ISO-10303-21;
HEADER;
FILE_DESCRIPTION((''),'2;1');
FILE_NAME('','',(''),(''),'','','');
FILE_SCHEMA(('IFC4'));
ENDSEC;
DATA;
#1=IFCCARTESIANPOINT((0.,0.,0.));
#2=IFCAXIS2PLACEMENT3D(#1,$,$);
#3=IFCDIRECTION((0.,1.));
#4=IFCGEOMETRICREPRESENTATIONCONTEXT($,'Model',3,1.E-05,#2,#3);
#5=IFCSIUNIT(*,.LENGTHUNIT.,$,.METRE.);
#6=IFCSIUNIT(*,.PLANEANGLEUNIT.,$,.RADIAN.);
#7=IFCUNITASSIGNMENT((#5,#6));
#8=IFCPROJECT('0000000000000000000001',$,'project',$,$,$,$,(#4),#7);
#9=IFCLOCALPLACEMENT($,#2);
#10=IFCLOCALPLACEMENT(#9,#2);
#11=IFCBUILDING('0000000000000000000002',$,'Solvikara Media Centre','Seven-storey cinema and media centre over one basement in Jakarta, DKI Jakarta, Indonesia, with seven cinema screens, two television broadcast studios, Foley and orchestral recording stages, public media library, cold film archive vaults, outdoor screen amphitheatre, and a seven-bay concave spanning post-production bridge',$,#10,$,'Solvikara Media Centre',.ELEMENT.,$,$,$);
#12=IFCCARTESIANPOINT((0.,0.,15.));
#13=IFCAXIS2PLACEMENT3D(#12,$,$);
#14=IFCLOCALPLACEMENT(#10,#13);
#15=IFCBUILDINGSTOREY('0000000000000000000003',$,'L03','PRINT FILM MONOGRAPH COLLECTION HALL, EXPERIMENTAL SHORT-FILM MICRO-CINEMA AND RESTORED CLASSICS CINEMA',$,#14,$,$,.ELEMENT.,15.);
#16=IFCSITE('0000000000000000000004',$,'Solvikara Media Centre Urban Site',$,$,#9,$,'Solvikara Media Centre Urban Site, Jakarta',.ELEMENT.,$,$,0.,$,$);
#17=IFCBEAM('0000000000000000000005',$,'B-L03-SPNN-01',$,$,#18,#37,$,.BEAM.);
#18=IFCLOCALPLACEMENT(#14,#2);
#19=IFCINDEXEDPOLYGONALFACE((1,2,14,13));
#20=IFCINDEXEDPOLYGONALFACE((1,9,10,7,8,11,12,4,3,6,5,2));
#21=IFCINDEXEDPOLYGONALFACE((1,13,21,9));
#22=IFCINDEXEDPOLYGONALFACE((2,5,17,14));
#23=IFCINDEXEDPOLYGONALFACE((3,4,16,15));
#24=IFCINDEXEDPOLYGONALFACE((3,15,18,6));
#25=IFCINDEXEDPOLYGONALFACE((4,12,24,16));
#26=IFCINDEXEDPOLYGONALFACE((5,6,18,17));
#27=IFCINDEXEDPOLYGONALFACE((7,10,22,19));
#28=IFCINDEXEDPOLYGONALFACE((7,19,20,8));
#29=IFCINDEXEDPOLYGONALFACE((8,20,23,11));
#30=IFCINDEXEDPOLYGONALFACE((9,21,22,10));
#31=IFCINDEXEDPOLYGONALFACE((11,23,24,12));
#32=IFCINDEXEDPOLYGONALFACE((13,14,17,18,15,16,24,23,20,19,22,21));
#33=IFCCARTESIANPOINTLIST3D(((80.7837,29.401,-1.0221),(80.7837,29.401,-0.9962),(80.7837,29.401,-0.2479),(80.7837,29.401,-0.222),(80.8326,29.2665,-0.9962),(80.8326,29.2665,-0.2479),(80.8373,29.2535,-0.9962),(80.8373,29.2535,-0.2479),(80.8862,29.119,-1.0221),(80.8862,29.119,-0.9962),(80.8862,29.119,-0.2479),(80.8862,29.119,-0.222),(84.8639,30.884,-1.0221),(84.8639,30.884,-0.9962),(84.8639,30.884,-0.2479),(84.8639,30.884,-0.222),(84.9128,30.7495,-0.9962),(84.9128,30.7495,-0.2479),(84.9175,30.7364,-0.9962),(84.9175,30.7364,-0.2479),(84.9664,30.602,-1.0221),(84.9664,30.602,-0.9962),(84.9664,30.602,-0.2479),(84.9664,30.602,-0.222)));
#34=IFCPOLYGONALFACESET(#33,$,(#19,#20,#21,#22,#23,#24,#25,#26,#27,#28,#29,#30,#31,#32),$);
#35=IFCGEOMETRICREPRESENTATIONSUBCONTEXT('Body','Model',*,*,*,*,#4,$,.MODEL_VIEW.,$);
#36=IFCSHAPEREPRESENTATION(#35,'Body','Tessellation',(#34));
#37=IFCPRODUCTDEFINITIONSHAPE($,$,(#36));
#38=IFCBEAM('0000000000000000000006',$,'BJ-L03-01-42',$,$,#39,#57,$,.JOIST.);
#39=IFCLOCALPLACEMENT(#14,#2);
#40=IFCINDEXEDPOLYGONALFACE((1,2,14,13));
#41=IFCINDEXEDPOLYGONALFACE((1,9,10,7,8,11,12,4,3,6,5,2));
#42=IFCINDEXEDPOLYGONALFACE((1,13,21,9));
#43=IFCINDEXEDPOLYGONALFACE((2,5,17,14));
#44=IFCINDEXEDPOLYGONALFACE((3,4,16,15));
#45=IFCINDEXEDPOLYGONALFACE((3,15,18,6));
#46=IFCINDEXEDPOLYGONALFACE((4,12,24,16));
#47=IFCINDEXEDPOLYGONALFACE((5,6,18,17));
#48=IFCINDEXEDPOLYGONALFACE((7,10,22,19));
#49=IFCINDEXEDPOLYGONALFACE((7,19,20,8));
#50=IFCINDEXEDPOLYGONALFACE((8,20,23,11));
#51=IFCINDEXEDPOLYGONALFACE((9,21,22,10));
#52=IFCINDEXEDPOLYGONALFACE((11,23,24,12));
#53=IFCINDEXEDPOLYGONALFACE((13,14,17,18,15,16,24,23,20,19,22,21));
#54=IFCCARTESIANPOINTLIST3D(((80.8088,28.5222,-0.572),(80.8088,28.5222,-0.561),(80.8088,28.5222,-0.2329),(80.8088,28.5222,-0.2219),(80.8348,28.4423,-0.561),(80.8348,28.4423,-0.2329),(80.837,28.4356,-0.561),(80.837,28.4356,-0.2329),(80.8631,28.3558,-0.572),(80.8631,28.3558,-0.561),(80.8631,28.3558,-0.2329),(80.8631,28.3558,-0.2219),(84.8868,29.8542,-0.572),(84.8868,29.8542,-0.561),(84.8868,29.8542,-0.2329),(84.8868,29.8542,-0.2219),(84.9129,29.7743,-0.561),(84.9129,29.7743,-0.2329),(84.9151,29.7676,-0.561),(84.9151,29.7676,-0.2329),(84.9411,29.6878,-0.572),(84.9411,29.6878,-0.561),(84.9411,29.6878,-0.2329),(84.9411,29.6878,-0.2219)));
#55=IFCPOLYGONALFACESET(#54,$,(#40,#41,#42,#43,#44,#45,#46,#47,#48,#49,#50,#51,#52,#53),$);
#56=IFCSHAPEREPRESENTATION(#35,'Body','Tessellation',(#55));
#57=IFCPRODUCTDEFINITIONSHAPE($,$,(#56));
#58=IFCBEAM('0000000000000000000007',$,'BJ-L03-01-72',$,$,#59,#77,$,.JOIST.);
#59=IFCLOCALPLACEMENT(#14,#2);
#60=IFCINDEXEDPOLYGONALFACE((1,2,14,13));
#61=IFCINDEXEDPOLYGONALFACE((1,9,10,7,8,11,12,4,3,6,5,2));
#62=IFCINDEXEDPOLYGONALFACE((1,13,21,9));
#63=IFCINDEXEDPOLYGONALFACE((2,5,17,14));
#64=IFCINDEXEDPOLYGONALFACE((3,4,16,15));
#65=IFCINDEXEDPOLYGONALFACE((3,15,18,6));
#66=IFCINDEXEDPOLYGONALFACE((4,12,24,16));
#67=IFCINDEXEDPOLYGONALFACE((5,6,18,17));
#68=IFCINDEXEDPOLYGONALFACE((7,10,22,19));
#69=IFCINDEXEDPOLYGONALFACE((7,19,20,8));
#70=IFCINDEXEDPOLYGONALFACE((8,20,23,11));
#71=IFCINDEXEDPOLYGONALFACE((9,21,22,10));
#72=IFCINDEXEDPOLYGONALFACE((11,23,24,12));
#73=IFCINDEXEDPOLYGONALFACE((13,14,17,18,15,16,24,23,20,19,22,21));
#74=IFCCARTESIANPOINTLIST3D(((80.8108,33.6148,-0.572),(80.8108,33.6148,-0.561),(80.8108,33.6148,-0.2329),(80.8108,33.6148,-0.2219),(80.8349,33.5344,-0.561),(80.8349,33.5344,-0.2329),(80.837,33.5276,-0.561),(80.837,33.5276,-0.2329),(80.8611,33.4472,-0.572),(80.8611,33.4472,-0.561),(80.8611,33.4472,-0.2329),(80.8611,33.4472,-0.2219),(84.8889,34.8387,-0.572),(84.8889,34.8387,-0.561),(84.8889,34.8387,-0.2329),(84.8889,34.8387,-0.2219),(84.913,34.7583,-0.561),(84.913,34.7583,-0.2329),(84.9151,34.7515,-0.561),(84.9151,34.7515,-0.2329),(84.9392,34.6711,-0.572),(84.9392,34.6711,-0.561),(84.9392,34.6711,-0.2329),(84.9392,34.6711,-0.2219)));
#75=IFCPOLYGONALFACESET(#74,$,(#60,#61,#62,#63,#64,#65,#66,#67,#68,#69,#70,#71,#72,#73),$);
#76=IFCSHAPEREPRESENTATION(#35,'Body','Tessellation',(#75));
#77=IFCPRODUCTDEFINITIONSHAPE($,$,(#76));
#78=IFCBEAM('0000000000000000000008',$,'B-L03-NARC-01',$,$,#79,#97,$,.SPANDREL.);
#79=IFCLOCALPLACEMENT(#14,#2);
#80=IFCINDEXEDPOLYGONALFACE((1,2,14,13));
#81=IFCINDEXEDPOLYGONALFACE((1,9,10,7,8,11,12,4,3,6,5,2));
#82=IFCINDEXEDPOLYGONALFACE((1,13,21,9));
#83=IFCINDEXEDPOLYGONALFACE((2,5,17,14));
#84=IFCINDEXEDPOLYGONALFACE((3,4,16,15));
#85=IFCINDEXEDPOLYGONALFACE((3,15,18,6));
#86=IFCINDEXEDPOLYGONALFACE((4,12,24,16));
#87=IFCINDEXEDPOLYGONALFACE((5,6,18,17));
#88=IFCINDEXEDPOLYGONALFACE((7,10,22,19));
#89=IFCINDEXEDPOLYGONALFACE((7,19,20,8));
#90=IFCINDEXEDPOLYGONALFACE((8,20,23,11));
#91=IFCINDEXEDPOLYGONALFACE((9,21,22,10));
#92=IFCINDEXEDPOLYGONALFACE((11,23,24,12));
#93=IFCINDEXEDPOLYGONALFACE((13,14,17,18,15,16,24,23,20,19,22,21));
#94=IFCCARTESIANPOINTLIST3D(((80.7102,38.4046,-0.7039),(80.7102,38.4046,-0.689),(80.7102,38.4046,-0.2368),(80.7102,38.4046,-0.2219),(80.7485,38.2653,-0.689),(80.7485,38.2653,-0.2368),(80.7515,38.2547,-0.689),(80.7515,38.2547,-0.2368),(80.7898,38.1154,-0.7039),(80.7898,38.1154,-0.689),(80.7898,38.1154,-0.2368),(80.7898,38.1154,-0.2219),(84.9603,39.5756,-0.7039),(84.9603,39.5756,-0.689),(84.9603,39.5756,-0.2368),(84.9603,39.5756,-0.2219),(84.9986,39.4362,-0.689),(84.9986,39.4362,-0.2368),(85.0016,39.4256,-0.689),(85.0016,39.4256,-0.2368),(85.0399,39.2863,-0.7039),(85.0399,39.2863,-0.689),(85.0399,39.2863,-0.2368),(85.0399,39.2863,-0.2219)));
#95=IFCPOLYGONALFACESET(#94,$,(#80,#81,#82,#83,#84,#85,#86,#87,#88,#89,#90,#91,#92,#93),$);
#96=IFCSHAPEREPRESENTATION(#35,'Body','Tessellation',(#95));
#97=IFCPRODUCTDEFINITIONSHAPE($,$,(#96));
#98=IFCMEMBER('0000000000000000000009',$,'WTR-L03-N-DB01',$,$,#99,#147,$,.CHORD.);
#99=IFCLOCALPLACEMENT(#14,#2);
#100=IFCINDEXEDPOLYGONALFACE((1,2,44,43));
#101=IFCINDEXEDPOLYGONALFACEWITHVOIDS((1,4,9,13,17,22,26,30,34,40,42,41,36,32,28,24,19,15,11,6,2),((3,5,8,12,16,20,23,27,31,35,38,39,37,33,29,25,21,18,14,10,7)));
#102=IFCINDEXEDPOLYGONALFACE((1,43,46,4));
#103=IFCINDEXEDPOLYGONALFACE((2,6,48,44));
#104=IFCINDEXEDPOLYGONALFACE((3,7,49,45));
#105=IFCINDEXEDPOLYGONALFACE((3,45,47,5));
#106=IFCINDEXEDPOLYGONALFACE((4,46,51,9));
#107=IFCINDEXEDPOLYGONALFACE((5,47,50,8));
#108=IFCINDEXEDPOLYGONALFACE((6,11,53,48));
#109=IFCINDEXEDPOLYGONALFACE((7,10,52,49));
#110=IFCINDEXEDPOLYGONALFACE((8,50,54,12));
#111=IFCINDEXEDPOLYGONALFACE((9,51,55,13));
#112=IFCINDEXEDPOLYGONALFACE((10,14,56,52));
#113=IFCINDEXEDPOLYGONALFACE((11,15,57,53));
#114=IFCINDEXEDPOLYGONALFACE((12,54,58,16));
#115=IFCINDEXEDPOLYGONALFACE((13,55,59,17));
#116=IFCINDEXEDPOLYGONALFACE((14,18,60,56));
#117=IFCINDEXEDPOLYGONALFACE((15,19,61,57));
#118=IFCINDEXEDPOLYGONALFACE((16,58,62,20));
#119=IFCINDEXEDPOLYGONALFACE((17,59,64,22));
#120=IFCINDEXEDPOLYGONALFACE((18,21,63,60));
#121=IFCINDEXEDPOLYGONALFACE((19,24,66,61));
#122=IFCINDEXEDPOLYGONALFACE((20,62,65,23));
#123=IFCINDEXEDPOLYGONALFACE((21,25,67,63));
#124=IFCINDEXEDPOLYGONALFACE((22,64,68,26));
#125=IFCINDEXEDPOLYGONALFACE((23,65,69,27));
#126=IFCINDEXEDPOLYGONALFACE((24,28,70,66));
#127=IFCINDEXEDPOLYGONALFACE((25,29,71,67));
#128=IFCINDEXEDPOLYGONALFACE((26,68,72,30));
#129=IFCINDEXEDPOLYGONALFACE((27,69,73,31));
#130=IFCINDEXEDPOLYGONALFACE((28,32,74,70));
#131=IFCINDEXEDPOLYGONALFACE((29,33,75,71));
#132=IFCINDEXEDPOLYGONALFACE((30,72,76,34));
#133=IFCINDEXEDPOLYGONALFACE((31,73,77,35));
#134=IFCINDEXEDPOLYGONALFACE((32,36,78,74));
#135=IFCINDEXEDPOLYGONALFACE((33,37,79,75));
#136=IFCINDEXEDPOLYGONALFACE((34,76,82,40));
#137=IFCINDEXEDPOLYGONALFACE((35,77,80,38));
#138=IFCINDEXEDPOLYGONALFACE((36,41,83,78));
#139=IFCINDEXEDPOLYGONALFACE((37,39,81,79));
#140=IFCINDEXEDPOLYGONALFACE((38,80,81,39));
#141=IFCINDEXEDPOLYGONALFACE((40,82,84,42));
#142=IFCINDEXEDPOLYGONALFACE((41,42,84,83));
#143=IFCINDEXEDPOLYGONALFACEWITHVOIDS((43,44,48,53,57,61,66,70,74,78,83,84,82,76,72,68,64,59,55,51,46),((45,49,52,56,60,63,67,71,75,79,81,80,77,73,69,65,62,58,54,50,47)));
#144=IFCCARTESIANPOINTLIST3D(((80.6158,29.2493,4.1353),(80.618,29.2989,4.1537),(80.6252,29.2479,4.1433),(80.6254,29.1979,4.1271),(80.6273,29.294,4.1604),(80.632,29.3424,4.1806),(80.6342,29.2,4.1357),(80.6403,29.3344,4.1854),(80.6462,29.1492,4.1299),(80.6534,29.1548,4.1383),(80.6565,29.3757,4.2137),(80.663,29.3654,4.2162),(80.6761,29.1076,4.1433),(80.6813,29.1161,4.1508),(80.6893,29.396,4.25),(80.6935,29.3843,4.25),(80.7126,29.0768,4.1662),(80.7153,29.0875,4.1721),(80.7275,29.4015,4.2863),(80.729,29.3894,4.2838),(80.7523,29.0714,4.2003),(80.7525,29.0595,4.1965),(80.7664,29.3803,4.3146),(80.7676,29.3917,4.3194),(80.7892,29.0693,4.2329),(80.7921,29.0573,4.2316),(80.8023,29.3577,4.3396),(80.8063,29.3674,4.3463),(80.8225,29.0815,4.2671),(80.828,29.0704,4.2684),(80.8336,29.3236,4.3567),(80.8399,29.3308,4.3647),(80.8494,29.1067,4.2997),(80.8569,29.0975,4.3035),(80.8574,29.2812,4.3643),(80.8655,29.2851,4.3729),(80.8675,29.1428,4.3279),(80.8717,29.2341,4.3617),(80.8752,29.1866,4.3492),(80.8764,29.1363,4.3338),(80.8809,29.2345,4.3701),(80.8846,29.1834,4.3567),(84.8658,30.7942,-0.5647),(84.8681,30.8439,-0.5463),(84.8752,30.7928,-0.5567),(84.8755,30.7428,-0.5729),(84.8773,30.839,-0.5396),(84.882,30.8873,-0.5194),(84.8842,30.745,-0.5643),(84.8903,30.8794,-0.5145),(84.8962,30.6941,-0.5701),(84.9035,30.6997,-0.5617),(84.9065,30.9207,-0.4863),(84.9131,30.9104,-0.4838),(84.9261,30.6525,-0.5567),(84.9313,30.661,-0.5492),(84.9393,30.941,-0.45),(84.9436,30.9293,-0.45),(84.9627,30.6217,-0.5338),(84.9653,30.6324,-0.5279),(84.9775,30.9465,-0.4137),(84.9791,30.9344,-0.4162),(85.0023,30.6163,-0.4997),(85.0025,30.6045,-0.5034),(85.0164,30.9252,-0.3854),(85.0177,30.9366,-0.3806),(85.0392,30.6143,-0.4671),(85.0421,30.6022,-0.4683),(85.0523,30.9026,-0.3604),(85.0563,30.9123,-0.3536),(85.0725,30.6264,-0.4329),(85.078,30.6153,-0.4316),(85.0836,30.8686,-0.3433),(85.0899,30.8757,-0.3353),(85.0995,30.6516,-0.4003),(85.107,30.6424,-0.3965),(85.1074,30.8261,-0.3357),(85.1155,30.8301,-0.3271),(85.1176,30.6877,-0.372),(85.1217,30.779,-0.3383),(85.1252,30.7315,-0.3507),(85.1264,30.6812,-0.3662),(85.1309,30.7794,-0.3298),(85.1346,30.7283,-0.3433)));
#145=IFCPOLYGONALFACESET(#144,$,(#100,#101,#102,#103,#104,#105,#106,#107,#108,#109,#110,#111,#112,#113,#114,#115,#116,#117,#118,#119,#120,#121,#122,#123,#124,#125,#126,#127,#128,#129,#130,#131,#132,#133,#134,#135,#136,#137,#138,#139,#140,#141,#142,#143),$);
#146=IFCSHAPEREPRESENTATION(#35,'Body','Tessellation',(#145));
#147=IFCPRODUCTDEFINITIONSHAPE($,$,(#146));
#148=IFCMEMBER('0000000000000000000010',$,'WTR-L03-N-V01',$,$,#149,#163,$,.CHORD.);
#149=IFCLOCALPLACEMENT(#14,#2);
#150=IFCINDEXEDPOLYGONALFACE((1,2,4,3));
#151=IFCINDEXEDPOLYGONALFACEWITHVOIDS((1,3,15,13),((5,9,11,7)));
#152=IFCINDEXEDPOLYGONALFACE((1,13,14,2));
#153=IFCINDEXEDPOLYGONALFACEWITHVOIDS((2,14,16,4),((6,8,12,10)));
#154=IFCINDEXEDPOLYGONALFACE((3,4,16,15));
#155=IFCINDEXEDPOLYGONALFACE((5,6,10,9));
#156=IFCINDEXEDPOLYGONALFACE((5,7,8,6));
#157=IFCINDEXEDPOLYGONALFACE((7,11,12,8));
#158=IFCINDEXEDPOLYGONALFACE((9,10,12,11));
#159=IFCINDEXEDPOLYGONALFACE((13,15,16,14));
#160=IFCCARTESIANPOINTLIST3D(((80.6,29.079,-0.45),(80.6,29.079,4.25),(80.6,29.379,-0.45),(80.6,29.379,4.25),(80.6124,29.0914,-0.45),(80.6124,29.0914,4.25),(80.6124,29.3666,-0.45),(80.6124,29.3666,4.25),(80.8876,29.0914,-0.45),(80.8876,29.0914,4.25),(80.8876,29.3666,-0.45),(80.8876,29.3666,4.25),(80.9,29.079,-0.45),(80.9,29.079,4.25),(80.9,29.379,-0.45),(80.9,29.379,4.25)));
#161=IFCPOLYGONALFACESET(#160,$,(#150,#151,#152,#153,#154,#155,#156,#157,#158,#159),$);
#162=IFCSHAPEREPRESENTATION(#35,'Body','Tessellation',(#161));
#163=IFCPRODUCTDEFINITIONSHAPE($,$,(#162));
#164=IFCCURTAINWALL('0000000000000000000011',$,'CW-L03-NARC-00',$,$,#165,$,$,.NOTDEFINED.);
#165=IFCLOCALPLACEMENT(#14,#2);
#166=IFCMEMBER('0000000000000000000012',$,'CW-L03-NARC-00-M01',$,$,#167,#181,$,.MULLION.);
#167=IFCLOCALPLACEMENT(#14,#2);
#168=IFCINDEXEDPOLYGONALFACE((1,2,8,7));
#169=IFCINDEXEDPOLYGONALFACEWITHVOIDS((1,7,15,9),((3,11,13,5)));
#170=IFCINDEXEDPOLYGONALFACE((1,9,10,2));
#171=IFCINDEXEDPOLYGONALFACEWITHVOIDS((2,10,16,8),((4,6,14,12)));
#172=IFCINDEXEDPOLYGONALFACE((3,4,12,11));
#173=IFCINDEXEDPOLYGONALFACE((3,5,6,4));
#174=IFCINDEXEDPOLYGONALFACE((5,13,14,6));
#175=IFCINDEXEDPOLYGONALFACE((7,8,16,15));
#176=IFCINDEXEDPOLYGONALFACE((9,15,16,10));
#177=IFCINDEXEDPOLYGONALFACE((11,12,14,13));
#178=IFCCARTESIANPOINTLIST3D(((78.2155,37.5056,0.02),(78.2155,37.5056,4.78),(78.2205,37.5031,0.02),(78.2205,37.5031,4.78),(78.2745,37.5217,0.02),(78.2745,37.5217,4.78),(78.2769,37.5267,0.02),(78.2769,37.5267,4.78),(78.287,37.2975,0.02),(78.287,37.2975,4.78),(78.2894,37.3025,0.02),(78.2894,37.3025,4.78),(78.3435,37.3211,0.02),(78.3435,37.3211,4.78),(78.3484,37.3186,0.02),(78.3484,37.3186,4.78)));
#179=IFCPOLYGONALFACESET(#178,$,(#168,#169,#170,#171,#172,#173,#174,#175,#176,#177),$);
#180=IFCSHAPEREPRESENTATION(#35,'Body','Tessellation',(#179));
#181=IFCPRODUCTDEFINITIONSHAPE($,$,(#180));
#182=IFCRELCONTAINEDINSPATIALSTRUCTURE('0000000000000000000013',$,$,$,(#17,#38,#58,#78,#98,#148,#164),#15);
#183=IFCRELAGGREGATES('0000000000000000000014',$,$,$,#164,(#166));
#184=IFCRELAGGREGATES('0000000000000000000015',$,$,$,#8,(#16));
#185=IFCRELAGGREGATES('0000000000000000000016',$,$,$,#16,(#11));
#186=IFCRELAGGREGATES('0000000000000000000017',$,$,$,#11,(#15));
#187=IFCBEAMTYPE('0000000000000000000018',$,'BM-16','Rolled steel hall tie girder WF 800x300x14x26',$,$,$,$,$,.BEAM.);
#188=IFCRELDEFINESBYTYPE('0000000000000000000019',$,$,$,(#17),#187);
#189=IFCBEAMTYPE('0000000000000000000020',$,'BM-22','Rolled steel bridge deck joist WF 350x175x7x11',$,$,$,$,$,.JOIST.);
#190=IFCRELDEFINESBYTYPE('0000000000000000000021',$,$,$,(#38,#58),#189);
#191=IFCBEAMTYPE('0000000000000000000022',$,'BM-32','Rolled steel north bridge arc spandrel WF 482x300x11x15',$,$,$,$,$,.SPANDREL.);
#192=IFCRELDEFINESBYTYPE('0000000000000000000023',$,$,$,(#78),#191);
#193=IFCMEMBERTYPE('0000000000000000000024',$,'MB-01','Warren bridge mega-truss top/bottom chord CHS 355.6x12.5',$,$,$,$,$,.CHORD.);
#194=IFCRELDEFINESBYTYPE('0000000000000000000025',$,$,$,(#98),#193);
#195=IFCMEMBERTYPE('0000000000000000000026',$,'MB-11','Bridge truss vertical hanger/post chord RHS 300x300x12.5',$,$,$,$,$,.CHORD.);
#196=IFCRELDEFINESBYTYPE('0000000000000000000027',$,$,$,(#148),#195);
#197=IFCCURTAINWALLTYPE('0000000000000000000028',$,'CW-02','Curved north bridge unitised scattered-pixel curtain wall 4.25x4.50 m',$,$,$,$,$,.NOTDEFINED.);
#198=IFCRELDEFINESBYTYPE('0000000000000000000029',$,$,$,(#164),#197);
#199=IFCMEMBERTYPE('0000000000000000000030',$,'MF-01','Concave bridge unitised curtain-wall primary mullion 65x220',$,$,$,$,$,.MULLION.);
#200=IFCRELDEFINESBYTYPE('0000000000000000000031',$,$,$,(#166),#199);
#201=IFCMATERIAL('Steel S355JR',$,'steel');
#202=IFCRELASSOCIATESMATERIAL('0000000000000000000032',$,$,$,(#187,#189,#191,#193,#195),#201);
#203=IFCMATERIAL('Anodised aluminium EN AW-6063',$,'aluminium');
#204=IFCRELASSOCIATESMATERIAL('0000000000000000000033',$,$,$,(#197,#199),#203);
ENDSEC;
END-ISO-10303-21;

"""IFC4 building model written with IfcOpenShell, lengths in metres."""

from ifc_helpers import new_model, si_unit, direction, frame, origin, origin_2d, place, context, subcontext, project, spatial, hollow_rectangle, hollow_circle, i_section, extrude, material, material_profile, profile_set, type_object, element, aggregate, save


model = new_model("IFC4")

# Units and contexts
model_context = context("Model", 3, precision=1e-05, world=origin(), true_north=direction((0.0, 1.0)))
body_context = subcontext(model_context, "Body", "Model", "MODEL_VIEW")
ifc_project = project(units=[si_unit("LENGTHUNIT", "METRE"), si_unit("PLANEANGLEUNIT", "RADIAN")], contexts=[model_context])

# Site, building, storey
site_placement = place(None, origin())
site = spatial("IfcSite", under=ifc_project, at=site_placement, Name="Solvikara Media Centre Urban Site", LongName="Solvikara Media Centre Urban Site, Jakarta", CompositionType="ELEMENT", RefElevation=0.0)
building_placement = place(site_placement, origin())
building = spatial("IfcBuilding", under=site, at=building_placement, Name="Solvikara Media Centre", Description="Seven-storey cinema and media centre over one basement in Jakarta, DKI Jakarta, Indonesia, with seven cinema screens, two television broadcast studios, Foley and orchestral recording stages, public media library, cold film archive vaults, outdoor screen amphitheatre, and a seven-bay concave spanning post-production bridge", LongName="Solvikara Media Centre", CompositionType="ELEMENT")
storey_placement = place(building_placement, frame((0.0, 0.0, 15.0)))
storey = spatial("IfcBuildingStorey", under=building, at=storey_placement, Name="L03", Description="PRINT FILM MONOGRAPH COLLECTION HALL, EXPERIMENTAL SHORT-FILM MICRO-CINEMA AND RESTORED CLASSICS CINEMA", CompositionType="ELEMENT", Elevation=15.0)

# Beams
ifc_material_1 = material(Name="Steel S355JR", Category="steel")
ifc_material_profile_1 = material_profile(ifc_material_1, i_section(OverallWidth=0.3, OverallDepth=0.8, WebThickness=0.0139, FlangeThickness=0.0259, at=origin_2d()), Name="WF 800x300x14x26")
ifc_profile_set_1 = profile_set([ifc_material_profile_1], Name="Steel S355JR")
beam_type_1 = type_object("IfcBeamType", Name="BM-16", Description="Rolled steel hall tie girder WF 800x300x14x26", PredefinedType="BEAM", material=ifc_profile_set_1)
beam_1_placement = place(storey_placement, frame((80.835, 29.26, -0.6221), z_axis=(0.939849, 0.34159, 0.0), x_axis=(-0.34159, 0.939849, 0.0)))
element("IfcBeam", 1, at=beam_1_placement, inside=storey, type_object=beam_type_1, Name="B-L03-SPNN-01", PredefinedType="BEAM", context=body_context, shape_type="SweptSolid", body=[
    extrude(i_section(OverallWidth=0.3, OverallDepth=0.8, WebThickness=0.0139, FlangeThickness=0.0259, at=origin_2d()), origin(), (0.0, 0.0, 1.0), 4.3413),
])
ifc_material_profile_2 = material_profile(ifc_material_1, i_section(OverallWidth=0.175, OverallDepth=0.3501, WebThickness=0.0071, FlangeThickness=0.011, at=origin_2d()), Name="WF 350x175x7x11")
ifc_profile_set_2 = profile_set([ifc_material_profile_2], Name="Steel S355JR")
beam_type_2 = type_object("IfcBeamType", Name="BM-22", Description="Rolled steel bridge deck joist WF 350x175x7x11", PredefinedType="JOIST", material=ifc_profile_set_2)
beam_2_placement = place(storey_placement, frame((80.8359, 28.439, -0.397), z_axis=(0.950578, 0.310486, 0.0), x_axis=(-0.310486, 0.950578, 0.0)))
element("IfcBeam", 2, at=beam_2_placement, inside=storey, type_object=beam_type_2, Name="BJ-L03-01-42", PredefinedType="JOIST", context=body_context, shape_type="SweptSolid", body=[
    extrude(i_section(OverallWidth=0.175, OverallDepth=0.3501, WebThickness=0.0071, FlangeThickness=0.011, at=origin_2d()), origin(), (0.0, 0.0, 1.0), 4.29),
])
beam_3_placement = place(storey_placement, frame((80.8359, 33.531, -0.397), z_axis=(0.957798, 0.287443, 0.0), x_axis=(-0.287443, 0.957798, 0.0)))
element("IfcBeam", 3, at=beam_3_placement, inside=storey, type_object=beam_type_2, Name="BJ-L03-01-72", PredefinedType="JOIST", context=body_context, shape_type="SweptSolid", body=[
    extrude(i_section(OverallWidth=0.175, OverallDepth=0.3501, WebThickness=0.0071, FlangeThickness=0.011, at=origin_2d()), origin(), (0.0, 0.0, 1.0), 4.2578),
])
ifc_material_profile_3 = material_profile(ifc_material_1, i_section(OverallWidth=0.3, OverallDepth=0.4819, WebThickness=0.011, FlangeThickness=0.0149, at=origin_2d()), Name="WF 482x300x11x15")
ifc_profile_set_3 = profile_set([ifc_material_profile_3], Name="Steel S355JR")
beam_type_3 = type_object("IfcBeamType", Name="BM-32", Description="Rolled steel north bridge arc spandrel WF 482x300x11x15", PredefinedType="SPANDREL", material=ifc_profile_set_3)
beam_4_placement = place(storey_placement, frame((80.75, 38.26, -0.4629), z_axis=(0.964081, 0.26561, 0.0), x_axis=(-0.26561, 0.964081, 0.0)))
element("IfcBeam", 4, at=beam_4_placement, inside=storey, type_object=beam_type_3, Name="B-L03-NARC-01", PredefinedType="SPANDREL", context=body_context, shape_type="SweptSolid", body=[
    extrude(i_section(OverallWidth=0.3, OverallDepth=0.4819, WebThickness=0.011, FlangeThickness=0.0149, at=origin_2d()), origin(), (0.0, 0.0, 1.0), 4.4084),
])

# Members
ifc_material_profile_4 = material_profile(ifc_material_1, hollow_circle(Radius=0.1777, WallThickness=0.0125, at=origin_2d()), Name="CHS 355.6x12.5")
ifc_profile_set_4 = profile_set([ifc_material_profile_4], Name="Steel S355JR")
member_type_1 = type_object("IfcMemberType", Name="MB-01", Description="Warren bridge mega-truss top/bottom chord CHS 355.6x12.5", PredefinedType="CHORD", material=ifc_profile_set_4)
member_1_placement = place(storey_placement, frame((80.75, 29.229, 4.25), z_axis=(0.651623, 0.236872, -0.720611), x_axis=(-0.341639, 0.939831, 0.0)))
element("IfcMember", 5, at=member_1_placement, inside=storey, type_object=member_type_1, Name="WTR-L03-N-DB01", PredefinedType="CHORD", context=body_context, shape_type="SweptSolid", body=[
    extrude(hollow_circle(Radius=0.1777, WallThickness=0.0125, at=origin_2d()), origin(), (0.0, 0.0, 1.0), 6.5222),
])
ifc_material_profile_5 = material_profile(ifc_material_1, hollow_rectangle(XDim=0.3, YDim=0.3, WallThickness=0.0125, at=origin_2d()), Name="RHS 300x300x12.5")
ifc_profile_set_5 = profile_set([ifc_material_profile_5], Name="Steel S355JR")
member_type_2 = type_object("IfcMemberType", Name="MB-11", Description="Bridge truss vertical hanger/post chord RHS 300x300x12.5", PredefinedType="CHORD", material=ifc_profile_set_5)
member_2_placement = place(storey_placement, frame((80.75, 29.229, -0.45), z_axis=(0.0, 0.0, 1.0), x_axis=(1.0, 0.0, 0.0)))
element("IfcMember", 6, at=member_2_placement, inside=storey, type_object=member_type_2, Name="WTR-L03-N-V01", PredefinedType="CHORD", context=body_context, shape_type="SweptSolid", body=[
    extrude(hollow_rectangle(XDim=0.3, YDim=0.3, WallThickness=0.0125, at=origin_2d()), origin(), (0.0, 0.0, 1.0), 4.7),
])

# Curtain wall, member
ifc_material_2 = material(Name="Anodised aluminium EN AW-6063", Category="aluminium")
curtain_wall_type = type_object("IfcCurtainWallType", Name="CW-02", Description="Curved north bridge unitised scattered-pixel curtain wall 4.25x4.50 m", PredefinedType="NOTDEFINED", material=ifc_material_2)
curtain_wall_1_placement = place(storey_placement, origin())
curtain_wall_1 = element("IfcCurtainWall", 7, at=curtain_wall_1_placement, inside=storey, type_object=curtain_wall_type, Name="CW-L03-NARC-00", PredefinedType="NOTDEFINED")
ifc_material_profile_6 = material_profile(ifc_material_2, hollow_rectangle(XDim=0.0649, YDim=0.22, WallThickness=0.0039, at=origin_2d()), Name="ALU-M 65x220x4")
ifc_profile_set_6 = profile_set([ifc_material_profile_6], Name="Anodised aluminium EN AW-6063")
member_type_3 = type_object("IfcMemberType", Name="MF-01", Description="Concave bridge unitised curtain-wall primary mullion 65x220", PredefinedType="MULLION", material=ifc_profile_set_6)
member_3_placement = place(storey_placement, frame((78.282, 37.4121, 0.02), z_axis=(0.0, 0.0, 1.0), x_axis=(0.945717, 0.324991, 0.0)))
member_3 = element("IfcMember", 8, at=member_3_placement, type_object=member_type_3, Name="CW-L03-NARC-00-M01", PredefinedType="MULLION", context=body_context, shape_type="SweptSolid", body=[
    extrude(hollow_rectangle(XDim=0.0649, YDim=0.22, WallThickness=0.0039, at=origin_2d()), origin(), (0.0, 0.0, 1.0), 4.76),
])

aggregate(curtain_wall_1, [member_3])

save(model, "model.ifc")
